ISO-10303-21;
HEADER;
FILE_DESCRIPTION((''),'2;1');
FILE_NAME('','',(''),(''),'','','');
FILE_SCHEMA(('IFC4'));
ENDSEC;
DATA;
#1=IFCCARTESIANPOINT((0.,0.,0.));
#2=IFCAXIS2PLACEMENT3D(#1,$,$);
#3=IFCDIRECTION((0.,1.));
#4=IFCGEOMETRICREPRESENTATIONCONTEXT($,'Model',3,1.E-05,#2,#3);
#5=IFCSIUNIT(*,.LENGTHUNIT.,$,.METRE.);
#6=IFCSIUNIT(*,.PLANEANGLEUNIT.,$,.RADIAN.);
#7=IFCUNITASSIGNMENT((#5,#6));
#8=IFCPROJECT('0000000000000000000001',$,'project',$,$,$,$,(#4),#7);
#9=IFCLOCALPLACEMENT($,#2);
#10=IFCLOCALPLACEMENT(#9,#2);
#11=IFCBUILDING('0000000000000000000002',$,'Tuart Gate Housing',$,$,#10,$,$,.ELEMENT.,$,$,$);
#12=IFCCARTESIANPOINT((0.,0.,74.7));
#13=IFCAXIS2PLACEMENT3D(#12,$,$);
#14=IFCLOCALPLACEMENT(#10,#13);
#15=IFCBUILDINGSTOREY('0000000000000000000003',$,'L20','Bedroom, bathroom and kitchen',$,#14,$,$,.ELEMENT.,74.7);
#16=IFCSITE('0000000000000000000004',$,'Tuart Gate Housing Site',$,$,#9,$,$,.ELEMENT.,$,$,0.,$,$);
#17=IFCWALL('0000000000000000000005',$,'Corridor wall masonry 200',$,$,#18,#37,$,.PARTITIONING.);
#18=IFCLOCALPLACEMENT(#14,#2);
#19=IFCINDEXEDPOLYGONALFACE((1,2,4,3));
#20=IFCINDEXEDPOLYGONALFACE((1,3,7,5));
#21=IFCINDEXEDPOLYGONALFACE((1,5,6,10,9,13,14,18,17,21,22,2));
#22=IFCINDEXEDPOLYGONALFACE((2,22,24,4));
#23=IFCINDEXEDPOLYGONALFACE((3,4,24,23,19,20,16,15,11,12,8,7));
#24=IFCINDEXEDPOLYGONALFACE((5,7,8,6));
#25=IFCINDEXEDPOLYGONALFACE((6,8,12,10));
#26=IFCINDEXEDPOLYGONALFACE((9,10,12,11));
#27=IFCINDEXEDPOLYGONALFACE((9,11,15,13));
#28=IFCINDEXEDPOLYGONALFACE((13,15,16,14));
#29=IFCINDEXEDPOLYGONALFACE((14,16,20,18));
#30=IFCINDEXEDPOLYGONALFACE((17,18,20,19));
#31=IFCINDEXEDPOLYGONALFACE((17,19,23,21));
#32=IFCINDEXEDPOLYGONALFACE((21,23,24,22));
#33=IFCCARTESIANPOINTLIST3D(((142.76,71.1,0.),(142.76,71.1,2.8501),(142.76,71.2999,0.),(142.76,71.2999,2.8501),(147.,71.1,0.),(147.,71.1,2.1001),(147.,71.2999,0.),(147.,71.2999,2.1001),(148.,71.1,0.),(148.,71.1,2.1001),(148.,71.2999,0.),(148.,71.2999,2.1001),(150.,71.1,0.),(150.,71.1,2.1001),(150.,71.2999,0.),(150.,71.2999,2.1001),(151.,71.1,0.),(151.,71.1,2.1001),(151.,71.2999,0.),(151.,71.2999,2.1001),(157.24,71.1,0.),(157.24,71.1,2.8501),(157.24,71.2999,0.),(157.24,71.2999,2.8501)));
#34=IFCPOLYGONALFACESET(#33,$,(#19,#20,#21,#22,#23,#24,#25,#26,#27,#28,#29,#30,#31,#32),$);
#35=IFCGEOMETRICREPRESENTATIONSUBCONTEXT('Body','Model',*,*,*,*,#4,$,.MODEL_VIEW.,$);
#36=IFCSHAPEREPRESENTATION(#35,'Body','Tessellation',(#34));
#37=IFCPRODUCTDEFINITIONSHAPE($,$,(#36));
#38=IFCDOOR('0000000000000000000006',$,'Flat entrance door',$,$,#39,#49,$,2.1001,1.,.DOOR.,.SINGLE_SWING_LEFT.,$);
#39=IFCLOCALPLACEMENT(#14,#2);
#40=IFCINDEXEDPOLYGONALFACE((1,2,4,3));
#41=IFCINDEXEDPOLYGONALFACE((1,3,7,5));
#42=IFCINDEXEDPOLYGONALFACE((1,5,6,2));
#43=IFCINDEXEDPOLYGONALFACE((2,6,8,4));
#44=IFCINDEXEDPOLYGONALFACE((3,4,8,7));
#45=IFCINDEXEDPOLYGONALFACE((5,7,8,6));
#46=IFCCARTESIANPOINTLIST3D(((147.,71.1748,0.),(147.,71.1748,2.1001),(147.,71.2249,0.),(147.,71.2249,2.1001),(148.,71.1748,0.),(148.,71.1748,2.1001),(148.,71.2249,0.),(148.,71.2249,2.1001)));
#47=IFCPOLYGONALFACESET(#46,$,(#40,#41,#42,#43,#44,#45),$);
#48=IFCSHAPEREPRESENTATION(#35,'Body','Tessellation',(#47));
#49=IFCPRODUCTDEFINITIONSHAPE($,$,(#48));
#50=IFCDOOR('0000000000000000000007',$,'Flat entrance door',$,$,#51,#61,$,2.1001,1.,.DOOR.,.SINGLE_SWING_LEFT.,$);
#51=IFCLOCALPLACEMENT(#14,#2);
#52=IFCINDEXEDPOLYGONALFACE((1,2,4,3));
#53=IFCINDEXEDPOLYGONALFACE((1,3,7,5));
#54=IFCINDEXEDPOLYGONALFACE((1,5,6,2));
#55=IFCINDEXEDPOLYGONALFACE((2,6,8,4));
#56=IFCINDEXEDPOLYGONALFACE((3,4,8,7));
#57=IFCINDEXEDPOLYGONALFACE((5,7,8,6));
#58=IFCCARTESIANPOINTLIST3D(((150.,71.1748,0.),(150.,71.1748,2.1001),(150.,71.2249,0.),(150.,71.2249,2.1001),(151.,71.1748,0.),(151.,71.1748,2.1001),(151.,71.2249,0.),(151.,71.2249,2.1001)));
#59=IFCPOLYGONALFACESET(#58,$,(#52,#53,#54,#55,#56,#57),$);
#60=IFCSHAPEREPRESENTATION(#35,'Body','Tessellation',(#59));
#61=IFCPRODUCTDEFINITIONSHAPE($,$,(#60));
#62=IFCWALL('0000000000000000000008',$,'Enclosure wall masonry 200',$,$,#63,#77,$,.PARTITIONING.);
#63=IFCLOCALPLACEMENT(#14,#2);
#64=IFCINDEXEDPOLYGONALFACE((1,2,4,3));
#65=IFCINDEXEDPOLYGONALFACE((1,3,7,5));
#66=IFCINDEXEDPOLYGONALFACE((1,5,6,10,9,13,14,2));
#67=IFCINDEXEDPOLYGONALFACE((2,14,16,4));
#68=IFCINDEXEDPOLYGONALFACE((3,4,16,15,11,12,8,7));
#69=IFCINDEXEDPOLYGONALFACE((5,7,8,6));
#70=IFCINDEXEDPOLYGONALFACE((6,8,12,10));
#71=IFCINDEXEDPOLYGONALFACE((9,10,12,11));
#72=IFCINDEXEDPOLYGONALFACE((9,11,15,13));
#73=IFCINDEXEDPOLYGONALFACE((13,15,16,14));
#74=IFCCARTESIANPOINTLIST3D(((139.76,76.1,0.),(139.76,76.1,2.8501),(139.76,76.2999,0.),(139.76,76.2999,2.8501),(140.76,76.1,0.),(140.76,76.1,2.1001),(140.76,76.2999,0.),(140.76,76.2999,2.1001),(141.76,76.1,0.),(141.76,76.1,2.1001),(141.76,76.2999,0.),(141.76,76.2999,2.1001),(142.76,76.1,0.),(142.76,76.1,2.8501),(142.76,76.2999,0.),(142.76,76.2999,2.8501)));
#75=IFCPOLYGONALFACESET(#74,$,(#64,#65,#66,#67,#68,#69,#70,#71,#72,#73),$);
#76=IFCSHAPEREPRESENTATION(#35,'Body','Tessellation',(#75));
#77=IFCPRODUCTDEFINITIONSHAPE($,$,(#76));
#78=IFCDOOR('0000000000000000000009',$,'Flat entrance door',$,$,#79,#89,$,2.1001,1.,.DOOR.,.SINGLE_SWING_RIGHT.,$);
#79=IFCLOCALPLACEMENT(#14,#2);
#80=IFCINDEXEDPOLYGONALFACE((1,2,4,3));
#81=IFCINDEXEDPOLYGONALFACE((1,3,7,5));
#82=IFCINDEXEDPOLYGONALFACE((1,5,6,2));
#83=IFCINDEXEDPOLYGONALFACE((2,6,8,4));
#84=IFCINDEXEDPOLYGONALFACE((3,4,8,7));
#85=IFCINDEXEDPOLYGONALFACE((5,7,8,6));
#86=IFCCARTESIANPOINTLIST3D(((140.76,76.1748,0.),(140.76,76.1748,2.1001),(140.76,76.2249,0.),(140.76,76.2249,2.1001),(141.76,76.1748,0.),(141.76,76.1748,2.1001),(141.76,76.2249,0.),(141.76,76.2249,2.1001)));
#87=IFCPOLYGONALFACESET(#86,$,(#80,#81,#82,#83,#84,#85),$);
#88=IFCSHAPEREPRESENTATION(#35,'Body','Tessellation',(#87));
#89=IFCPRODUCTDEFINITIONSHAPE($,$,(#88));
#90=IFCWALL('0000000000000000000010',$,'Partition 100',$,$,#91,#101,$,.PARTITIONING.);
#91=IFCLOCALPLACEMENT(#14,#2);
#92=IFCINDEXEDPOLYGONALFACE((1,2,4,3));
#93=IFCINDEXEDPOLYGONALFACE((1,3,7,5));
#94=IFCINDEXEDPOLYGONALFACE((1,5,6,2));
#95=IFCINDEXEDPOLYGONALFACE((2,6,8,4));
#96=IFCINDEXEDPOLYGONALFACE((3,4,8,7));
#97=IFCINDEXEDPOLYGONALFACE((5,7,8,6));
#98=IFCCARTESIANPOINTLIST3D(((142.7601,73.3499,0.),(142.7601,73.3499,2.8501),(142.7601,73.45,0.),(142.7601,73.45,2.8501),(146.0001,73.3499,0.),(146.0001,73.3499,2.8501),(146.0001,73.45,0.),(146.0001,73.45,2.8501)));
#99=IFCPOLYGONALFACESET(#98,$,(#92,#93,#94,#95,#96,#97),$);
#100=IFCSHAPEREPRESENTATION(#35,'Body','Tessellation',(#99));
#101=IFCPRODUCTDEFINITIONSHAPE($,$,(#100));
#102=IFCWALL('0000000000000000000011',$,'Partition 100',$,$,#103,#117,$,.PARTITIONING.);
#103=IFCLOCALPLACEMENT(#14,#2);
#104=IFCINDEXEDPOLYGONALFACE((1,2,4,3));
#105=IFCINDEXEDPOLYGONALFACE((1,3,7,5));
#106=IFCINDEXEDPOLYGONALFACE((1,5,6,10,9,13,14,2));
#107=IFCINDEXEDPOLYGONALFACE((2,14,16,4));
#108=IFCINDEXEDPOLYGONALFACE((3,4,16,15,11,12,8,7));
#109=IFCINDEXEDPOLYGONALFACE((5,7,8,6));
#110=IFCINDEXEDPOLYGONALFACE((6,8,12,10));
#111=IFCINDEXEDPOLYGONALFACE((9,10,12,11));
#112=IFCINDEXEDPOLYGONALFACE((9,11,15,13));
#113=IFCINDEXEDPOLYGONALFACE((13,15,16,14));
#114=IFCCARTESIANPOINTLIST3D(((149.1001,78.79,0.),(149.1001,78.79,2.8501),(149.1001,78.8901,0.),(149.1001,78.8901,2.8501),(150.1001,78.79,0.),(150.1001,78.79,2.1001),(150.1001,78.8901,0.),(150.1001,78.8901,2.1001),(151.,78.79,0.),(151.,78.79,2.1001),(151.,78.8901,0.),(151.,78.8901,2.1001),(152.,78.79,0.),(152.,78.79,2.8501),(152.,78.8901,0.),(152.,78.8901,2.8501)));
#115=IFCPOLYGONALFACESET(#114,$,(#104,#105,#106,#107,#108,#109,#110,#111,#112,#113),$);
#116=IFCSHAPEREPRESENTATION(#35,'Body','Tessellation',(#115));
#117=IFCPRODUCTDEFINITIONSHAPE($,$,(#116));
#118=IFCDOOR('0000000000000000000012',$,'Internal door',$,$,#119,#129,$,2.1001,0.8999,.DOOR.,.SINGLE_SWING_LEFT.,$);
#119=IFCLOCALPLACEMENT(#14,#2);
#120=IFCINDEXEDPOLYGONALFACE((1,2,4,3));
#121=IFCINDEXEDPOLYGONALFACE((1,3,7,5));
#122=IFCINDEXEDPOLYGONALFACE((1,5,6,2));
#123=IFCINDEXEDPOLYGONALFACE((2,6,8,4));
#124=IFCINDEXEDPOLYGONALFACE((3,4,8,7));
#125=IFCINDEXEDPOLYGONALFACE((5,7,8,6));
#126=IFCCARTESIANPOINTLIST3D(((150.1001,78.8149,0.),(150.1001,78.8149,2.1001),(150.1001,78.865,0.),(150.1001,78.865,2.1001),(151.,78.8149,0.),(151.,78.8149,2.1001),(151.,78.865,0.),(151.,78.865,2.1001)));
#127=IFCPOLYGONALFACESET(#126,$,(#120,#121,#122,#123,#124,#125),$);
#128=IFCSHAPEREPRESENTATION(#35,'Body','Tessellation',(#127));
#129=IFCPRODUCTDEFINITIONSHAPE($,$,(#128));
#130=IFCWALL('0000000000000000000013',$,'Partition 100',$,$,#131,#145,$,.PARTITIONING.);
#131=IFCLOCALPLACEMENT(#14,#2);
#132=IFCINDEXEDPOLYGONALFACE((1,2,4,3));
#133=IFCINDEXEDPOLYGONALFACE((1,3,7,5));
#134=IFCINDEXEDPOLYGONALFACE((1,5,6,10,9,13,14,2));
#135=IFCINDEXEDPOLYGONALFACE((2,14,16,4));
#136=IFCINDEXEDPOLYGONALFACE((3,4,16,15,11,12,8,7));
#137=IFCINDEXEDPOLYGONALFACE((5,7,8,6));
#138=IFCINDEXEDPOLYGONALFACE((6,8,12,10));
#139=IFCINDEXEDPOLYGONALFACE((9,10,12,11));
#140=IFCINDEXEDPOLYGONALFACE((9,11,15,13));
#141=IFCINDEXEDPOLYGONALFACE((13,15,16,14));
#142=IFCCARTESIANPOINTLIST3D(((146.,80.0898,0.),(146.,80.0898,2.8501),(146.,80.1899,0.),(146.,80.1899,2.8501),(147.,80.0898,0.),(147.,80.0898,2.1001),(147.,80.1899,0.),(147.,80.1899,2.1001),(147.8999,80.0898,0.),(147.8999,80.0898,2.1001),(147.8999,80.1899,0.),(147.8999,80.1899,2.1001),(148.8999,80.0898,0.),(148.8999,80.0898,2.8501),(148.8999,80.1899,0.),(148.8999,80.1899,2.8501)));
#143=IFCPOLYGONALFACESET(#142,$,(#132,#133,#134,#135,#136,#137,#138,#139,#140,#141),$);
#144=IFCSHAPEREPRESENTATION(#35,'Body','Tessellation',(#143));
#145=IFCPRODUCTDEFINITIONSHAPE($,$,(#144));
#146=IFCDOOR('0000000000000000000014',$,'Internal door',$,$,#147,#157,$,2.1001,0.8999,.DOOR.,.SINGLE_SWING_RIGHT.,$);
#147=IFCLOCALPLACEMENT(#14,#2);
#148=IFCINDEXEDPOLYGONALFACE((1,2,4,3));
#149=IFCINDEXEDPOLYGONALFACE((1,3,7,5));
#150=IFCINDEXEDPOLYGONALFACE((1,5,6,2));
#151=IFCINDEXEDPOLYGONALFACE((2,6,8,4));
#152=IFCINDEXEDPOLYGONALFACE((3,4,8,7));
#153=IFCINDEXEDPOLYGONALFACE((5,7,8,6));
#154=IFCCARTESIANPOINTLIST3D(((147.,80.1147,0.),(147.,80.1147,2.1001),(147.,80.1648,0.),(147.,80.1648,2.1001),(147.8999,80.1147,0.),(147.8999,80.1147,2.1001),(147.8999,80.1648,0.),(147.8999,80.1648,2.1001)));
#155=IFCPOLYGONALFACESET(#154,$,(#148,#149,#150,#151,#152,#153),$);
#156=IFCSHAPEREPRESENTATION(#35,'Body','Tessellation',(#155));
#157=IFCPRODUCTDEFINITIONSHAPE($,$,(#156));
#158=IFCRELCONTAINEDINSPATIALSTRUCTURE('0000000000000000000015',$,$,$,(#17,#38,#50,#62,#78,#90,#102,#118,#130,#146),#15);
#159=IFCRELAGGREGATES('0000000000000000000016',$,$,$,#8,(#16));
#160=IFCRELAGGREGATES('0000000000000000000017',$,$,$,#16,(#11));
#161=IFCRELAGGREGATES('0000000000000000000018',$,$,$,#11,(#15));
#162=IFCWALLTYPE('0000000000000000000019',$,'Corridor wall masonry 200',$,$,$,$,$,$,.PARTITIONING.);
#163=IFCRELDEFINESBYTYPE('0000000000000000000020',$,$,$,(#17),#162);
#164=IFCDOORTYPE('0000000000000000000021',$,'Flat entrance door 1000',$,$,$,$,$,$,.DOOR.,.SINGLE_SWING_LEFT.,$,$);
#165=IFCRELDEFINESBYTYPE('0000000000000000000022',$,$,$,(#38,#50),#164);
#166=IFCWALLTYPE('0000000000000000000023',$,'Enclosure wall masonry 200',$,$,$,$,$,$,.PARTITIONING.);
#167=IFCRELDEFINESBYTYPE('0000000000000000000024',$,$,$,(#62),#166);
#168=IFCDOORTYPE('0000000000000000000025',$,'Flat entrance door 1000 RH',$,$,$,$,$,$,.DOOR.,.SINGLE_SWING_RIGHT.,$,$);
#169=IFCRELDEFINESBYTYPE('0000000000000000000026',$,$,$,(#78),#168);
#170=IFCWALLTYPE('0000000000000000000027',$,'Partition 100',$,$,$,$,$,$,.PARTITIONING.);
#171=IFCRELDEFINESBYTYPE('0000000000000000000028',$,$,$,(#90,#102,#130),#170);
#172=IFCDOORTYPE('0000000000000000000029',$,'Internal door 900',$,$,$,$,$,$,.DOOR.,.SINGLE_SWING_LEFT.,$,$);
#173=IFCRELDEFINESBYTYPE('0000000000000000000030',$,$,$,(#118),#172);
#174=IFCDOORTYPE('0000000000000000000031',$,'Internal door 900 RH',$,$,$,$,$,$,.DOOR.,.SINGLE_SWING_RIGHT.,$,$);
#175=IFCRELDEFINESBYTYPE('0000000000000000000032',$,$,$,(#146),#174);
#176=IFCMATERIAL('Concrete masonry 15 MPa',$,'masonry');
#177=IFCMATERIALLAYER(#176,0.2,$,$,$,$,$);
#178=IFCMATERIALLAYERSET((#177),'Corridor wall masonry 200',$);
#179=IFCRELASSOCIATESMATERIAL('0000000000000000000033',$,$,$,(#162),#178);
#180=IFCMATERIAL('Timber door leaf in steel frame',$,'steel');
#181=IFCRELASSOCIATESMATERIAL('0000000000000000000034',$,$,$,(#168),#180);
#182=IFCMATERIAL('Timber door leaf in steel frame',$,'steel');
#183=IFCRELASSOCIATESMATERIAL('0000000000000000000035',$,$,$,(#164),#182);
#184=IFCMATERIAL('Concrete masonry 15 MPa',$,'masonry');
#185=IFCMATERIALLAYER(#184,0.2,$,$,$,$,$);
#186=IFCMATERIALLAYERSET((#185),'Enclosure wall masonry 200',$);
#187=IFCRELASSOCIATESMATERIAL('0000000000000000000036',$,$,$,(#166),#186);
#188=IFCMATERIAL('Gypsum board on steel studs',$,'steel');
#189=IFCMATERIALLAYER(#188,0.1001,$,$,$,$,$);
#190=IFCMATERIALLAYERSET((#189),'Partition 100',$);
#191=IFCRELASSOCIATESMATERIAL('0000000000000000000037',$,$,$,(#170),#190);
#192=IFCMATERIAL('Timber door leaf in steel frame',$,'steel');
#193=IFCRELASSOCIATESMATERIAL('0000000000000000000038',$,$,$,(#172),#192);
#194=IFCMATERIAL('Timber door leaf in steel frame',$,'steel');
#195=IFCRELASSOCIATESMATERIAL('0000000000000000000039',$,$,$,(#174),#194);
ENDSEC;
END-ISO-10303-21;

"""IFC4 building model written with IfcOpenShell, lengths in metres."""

from ifc_helpers import new_model, si_unit, direction, frame, frame_2d, origin, place, context, subcontext, project, spatial, rectangle, extrude, material, layer, layer_set, type_object, element, fill, save


model = new_model("IFC4")

# Units and contexts
model_context = context("Model", 3, precision=1e-05, world=origin(), true_north=direction((0.0, 1.0)))
body_context = subcontext(model_context, "Body", "Model", "MODEL_VIEW")
ifc_project = project(units=[si_unit("LENGTHUNIT", "METRE"), si_unit("PLANEANGLEUNIT", "RADIAN")], contexts=[model_context])

# Site, building, storey
site_placement = place(None, origin())
site = spatial("IfcSite", under=ifc_project, at=site_placement, Name="Tuart Gate Housing Site", CompositionType="ELEMENT", RefElevation=0.0)
building_placement = place(site_placement, origin())
building = spatial("IfcBuilding", under=site, at=building_placement, Name="Tuart Gate Housing", CompositionType="ELEMENT")
storey_placement = place(building_placement, frame((0.0, 0.0, 74.7)))
storey = spatial("IfcBuildingStorey", under=building, at=storey_placement, Name="L20", Description="Bedroom, bathroom and kitchen", CompositionType="ELEMENT", Elevation=74.7)

# Wall, openings, doors
ifc_material_1 = material(Name="Concrete masonry 15 MPa", Category="masonry")
ifc_layer_1 = layer(ifc_material_1, 0.2)
ifc_layer_set_1 = layer_set([ifc_layer_1], Name="Corridor wall masonry 200")
wall_type_1 = type_object("IfcWallType", Name="Corridor wall masonry 200", PredefinedType="PARTITIONING", material=ifc_layer_set_1)
ifc_material_2 = material(Name="Timber door leaf in steel frame", Category="steel")
door_type_1 = type_object("IfcDoorType", Name="Flat entrance door 1000 RH", OperationType="SINGLE_SWING_RIGHT", PredefinedType="DOOR", material=ifc_material_2)
wall_1_placement = place(storey_placement, frame((142.76, 71.2, 0.0), z_axis=(0.0, 0.0, 1.0), x_axis=(1.0, 0.0, 0.0)))
wall_1 = element("IfcWall", 1, at=wall_1_placement, inside=storey, type_object=wall_type_1, Name="Corridor wall masonry 200", PredefinedType="PARTITIONING", context=body_context, shape_type="SweptSolid", body=[
    extrude(rectangle(XDim=14.48, YDim=0.2, at=frame_2d((7.24, 0.0))), origin(), (0.0, 0.0, 1.0), 2.8501),
])
opening_1_placement = place(wall_1_placement, frame((4.24, 0.0, 0.0)))
opening_1 = element("IfcOpeningElement", 2, at=opening_1_placement, cuts=wall_1, PredefinedType="OPENING", context=body_context, shape_type="SweptSolid", body=[
    extrude(rectangle(XDim=1.0, YDim=2.1001, at=frame_2d((0.5, 1.05))), frame((0.0, 0.1099, 0.0), z_axis=(0.0, -1.0, 0.0), x_axis=(1.0, 0.0, 0.0)), (0.0, 0.0, 1.0), 0.22),
])
opening_2_placement = place(wall_1_placement, frame((7.24, 0.0, 0.0)))
opening_2 = element("IfcOpeningElement", 3, at=opening_2_placement, cuts=wall_1, PredefinedType="OPENING", context=body_context, shape_type="SweptSolid", body=[
    extrude(rectangle(XDim=1.0, YDim=2.1001, at=frame_2d((0.5, 1.05))), frame((0.0, 0.1099, 0.0), z_axis=(0.0, -1.0, 0.0), x_axis=(1.0, 0.0, 0.0)), (0.0, 0.0, 1.0), 0.22),
])
ifc_material_3 = material(Name="Timber door leaf in steel frame", Category="steel")
door_type_2 = type_object("IfcDoorType", Name="Flat entrance door 1000", OperationType="SINGLE_SWING_LEFT", PredefinedType="DOOR", material=ifc_material_3)
door_1_placement = place(opening_1_placement, origin())
door_1 = element("IfcDoor", 4, at=door_1_placement, inside=storey, type_object=door_type_2, Name="Flat entrance door", OperationType="SINGLE_SWING_LEFT", OverallHeight=2.1001, OverallWidth=1.0, PredefinedType="DOOR", context=body_context, shape_type="SweptSolid", body=[
    extrude(rectangle(XDim=1.0, YDim=2.1001, at=frame_2d((0.5, 1.05))), frame((0.0, 0.0249, 0.0), z_axis=(0.0, -1.0, 0.0), x_axis=(1.0, 0.0, 0.0)), (0.0, 0.0, 1.0), 0.05),
])
fill(opening_1, door_1)
door_2_placement = place(opening_2_placement, origin())
door_2 = element("IfcDoor", 5, at=door_2_placement, inside=storey, type_object=door_type_2, Name="Flat entrance door", OperationType="SINGLE_SWING_LEFT", OverallHeight=2.1001, OverallWidth=1.0, PredefinedType="DOOR", context=body_context, shape_type="SweptSolid", body=[
    extrude(rectangle(XDim=1.0, YDim=2.1001, at=frame_2d((0.5, 1.05))), frame((0.0, 0.0249, 0.0), z_axis=(0.0, -1.0, 0.0), x_axis=(1.0, 0.0, 0.0)), (0.0, 0.0, 1.0), 0.05),
])
fill(opening_2, door_2)

# Wall, opening, door
ifc_material_4 = material(Name="Concrete masonry 15 MPa", Category="masonry")
ifc_layer_2 = layer(ifc_material_4, 0.2)
ifc_layer_set_2 = layer_set([ifc_layer_2], Name="Enclosure wall masonry 200")
wall_type_2 = type_object("IfcWallType", Name="Enclosure wall masonry 200", PredefinedType="PARTITIONING", material=ifc_layer_set_2)
wall_2_placement = place(storey_placement, frame((139.76, 76.2, 0.0), z_axis=(0.0, 0.0, 1.0), x_axis=(1.0, 0.0, 0.0)))
wall_2 = element("IfcWall", 6, at=wall_2_placement, inside=storey, type_object=wall_type_2, Name="Enclosure wall masonry 200", PredefinedType="PARTITIONING", context=body_context, shape_type="SweptSolid", body=[
    extrude(rectangle(XDim=3.0, YDim=0.2, at=frame_2d((1.5, 0.0))), origin(), (0.0, 0.0, 1.0), 2.8501),
])
opening_3_placement = place(wall_2_placement, frame((1.0, 0.0, 0.0)))
opening_3 = element("IfcOpeningElement", 7, at=opening_3_placement, cuts=wall_2, PredefinedType="OPENING", context=body_context, shape_type="SweptSolid", body=[
    extrude(rectangle(XDim=1.0, YDim=2.1001, at=frame_2d((0.5, 1.05))), frame((0.0, 0.1099, 0.0), z_axis=(0.0, -1.0, 0.0), x_axis=(1.0, 0.0, 0.0)), (0.0, 0.0, 1.0), 0.22),
])
door_3_placement = place(opening_3_placement, origin())
door_3 = element("IfcDoor", 8, at=door_3_placement, inside=storey, type_object=door_type_1, Name="Flat entrance door", OperationType="SINGLE_SWING_RIGHT", OverallHeight=2.1001, OverallWidth=1.0, PredefinedType="DOOR", context=body_context, shape_type="SweptSolid", body=[
    extrude(rectangle(XDim=1.0, YDim=2.1001, at=frame_2d((0.5, 1.05))), frame((0.0, 0.0249, 0.0), z_axis=(0.0, -1.0, 0.0), x_axis=(1.0, 0.0, 0.0)), (0.0, 0.0, 1.0), 0.05),
])
fill(opening_3, door_3)

# Wall
ifc_material_5 = material(Name="Gypsum board on steel studs", Category="steel")
ifc_layer_3 = layer(ifc_material_5, 0.1001)
ifc_layer_set_3 = layer_set([ifc_layer_3], Name="Partition 100")
wall_type_3 = type_object("IfcWallType", Name="Partition 100", PredefinedType="PARTITIONING", material=ifc_layer_set_3)
wall_3_placement = place(storey_placement, frame((142.76, 73.3999, 0.0), z_axis=(0.0, 0.0, 1.0), x_axis=(1.0, 0.0, 0.0)))
element("IfcWall", 9, at=wall_3_placement, inside=storey, type_object=wall_type_3, Name="Partition 100", PredefinedType="PARTITIONING", context=body_context, shape_type="SweptSolid", body=[
    extrude(rectangle(XDim=3.24, YDim=0.1001, at=frame_2d((1.6201, 0.0))), origin(), (0.0, 0.0, 1.0), 2.8501),
])

# Walls, openings, doors
wall_4_placement = place(storey_placement, frame((149.1001, 78.8401, 0.0), z_axis=(0.0, 0.0, 1.0), x_axis=(1.0, 0.0, 0.0)))
wall_4 = element("IfcWall", 10, at=wall_4_placement, inside=storey, type_object=wall_type_3, Name="Partition 100", PredefinedType="PARTITIONING", context=body_context, shape_type="SweptSolid", body=[
    extrude(rectangle(XDim=2.8999, YDim=0.1001, at=frame_2d((1.45, 0.0))), origin(), (0.0, 0.0, 1.0), 2.8501),
])
opening_4_placement = place(wall_4_placement, frame((1.0, 0.0, 0.0)))
opening_4 = element("IfcOpeningElement", 11, at=opening_4_placement, cuts=wall_4, PredefinedType="OPENING", context=body_context, shape_type="SweptSolid", body=[
    extrude(rectangle(XDim=0.8999, YDim=2.1001, at=frame_2d((0.45, 1.05))), frame((0.0, 0.0601, 0.0), z_axis=(0.0, -1.0, 0.0), x_axis=(1.0, 0.0, 0.0)), (0.0, 0.0, 1.0), 0.1201),
])
ifc_material_6 = material(Name="Timber door leaf in steel frame", Category="steel")
door_type_3 = type_object("IfcDoorType", Name="Internal door 900", OperationType="SINGLE_SWING_LEFT", PredefinedType="DOOR", material=ifc_material_6)
door_4_placement = place(opening_4_placement, frame((0.8999, 0.0, 0.0), z_axis=(0.0, 0.0, 1.0), x_axis=(-1.0, 0.0, 0.0)))
door_4 = element("IfcDoor", 12, at=door_4_placement, inside=storey, type_object=door_type_3, Name="Internal door", OperationType="SINGLE_SWING_LEFT", OverallHeight=2.1001, OverallWidth=0.8999, PredefinedType="DOOR", context=body_context, shape_type="SweptSolid", body=[
    extrude(rectangle(XDim=0.8999, YDim=2.1001, at=frame_2d((0.45, 1.05))), frame((0.0, 0.0251, 0.0), z_axis=(0.0, -1.0, 0.0), x_axis=(1.0, 0.0, 0.0)), (0.0, 0.0, 1.0), 0.05),
])
fill(opening_4, door_4)
wall_5_placement = place(storey_placement, frame((146.0, 80.1399, 0.0), z_axis=(0.0, 0.0, 1.0), x_axis=(1.0, 0.0, 0.0)))
wall_5 = element("IfcWall", 13, at=wall_5_placement, inside=storey, type_object=wall_type_3, Name="Partition 100", PredefinedType="PARTITIONING", context=body_context, shape_type="SweptSolid", body=[
    extrude(rectangle(XDim=2.8999, YDim=0.1001, at=frame_2d((1.45, 0.0))), origin(), (0.0, 0.0, 1.0), 2.8501),
])
opening_5_placement = place(wall_5_placement, frame((1.0, 0.0, 0.0)))
opening_5 = element("IfcOpeningElement", 14, at=opening_5_placement, cuts=wall_5, PredefinedType="OPENING", context=body_context, shape_type="SweptSolid", body=[
    extrude(rectangle(XDim=0.8999, YDim=2.1001, at=frame_2d((0.45, 1.05))), frame((0.0, 0.0601, 0.0), z_axis=(0.0, -1.0, 0.0), x_axis=(1.0, 0.0, 0.0)), (0.0, 0.0, 1.0), 0.1201),
])
ifc_material_7 = material(Name="Timber door leaf in steel frame", Category="steel")
door_type_4 = type_object("IfcDoorType", Name="Internal door 900 RH", OperationType="SINGLE_SWING_RIGHT", PredefinedType="DOOR", material=ifc_material_7)
door_5_placement = place(opening_5_placement, frame((0.8999, 0.0, 0.0), z_axis=(0.0, 0.0, 1.0), x_axis=(-1.0, 0.0, 0.0)))
door_5 = element("IfcDoor", 15, at=door_5_placement, inside=storey, type_object=door_type_4, Name="Internal door", OperationType="SINGLE_SWING_RIGHT", OverallHeight=2.1001, OverallWidth=0.8999, PredefinedType="DOOR", context=body_context, shape_type="SweptSolid", body=[
    extrude(rectangle(XDim=0.8999, YDim=2.1001, at=frame_2d((0.45, 1.05))), frame((0.0, 0.0251, 0.0), z_axis=(0.0, -1.0, 0.0), x_axis=(1.0, 0.0, 0.0)), (0.0, 0.0, 1.0), 0.05),
])
fill(opening_5, door_5)

save(model, "model.ifc")
